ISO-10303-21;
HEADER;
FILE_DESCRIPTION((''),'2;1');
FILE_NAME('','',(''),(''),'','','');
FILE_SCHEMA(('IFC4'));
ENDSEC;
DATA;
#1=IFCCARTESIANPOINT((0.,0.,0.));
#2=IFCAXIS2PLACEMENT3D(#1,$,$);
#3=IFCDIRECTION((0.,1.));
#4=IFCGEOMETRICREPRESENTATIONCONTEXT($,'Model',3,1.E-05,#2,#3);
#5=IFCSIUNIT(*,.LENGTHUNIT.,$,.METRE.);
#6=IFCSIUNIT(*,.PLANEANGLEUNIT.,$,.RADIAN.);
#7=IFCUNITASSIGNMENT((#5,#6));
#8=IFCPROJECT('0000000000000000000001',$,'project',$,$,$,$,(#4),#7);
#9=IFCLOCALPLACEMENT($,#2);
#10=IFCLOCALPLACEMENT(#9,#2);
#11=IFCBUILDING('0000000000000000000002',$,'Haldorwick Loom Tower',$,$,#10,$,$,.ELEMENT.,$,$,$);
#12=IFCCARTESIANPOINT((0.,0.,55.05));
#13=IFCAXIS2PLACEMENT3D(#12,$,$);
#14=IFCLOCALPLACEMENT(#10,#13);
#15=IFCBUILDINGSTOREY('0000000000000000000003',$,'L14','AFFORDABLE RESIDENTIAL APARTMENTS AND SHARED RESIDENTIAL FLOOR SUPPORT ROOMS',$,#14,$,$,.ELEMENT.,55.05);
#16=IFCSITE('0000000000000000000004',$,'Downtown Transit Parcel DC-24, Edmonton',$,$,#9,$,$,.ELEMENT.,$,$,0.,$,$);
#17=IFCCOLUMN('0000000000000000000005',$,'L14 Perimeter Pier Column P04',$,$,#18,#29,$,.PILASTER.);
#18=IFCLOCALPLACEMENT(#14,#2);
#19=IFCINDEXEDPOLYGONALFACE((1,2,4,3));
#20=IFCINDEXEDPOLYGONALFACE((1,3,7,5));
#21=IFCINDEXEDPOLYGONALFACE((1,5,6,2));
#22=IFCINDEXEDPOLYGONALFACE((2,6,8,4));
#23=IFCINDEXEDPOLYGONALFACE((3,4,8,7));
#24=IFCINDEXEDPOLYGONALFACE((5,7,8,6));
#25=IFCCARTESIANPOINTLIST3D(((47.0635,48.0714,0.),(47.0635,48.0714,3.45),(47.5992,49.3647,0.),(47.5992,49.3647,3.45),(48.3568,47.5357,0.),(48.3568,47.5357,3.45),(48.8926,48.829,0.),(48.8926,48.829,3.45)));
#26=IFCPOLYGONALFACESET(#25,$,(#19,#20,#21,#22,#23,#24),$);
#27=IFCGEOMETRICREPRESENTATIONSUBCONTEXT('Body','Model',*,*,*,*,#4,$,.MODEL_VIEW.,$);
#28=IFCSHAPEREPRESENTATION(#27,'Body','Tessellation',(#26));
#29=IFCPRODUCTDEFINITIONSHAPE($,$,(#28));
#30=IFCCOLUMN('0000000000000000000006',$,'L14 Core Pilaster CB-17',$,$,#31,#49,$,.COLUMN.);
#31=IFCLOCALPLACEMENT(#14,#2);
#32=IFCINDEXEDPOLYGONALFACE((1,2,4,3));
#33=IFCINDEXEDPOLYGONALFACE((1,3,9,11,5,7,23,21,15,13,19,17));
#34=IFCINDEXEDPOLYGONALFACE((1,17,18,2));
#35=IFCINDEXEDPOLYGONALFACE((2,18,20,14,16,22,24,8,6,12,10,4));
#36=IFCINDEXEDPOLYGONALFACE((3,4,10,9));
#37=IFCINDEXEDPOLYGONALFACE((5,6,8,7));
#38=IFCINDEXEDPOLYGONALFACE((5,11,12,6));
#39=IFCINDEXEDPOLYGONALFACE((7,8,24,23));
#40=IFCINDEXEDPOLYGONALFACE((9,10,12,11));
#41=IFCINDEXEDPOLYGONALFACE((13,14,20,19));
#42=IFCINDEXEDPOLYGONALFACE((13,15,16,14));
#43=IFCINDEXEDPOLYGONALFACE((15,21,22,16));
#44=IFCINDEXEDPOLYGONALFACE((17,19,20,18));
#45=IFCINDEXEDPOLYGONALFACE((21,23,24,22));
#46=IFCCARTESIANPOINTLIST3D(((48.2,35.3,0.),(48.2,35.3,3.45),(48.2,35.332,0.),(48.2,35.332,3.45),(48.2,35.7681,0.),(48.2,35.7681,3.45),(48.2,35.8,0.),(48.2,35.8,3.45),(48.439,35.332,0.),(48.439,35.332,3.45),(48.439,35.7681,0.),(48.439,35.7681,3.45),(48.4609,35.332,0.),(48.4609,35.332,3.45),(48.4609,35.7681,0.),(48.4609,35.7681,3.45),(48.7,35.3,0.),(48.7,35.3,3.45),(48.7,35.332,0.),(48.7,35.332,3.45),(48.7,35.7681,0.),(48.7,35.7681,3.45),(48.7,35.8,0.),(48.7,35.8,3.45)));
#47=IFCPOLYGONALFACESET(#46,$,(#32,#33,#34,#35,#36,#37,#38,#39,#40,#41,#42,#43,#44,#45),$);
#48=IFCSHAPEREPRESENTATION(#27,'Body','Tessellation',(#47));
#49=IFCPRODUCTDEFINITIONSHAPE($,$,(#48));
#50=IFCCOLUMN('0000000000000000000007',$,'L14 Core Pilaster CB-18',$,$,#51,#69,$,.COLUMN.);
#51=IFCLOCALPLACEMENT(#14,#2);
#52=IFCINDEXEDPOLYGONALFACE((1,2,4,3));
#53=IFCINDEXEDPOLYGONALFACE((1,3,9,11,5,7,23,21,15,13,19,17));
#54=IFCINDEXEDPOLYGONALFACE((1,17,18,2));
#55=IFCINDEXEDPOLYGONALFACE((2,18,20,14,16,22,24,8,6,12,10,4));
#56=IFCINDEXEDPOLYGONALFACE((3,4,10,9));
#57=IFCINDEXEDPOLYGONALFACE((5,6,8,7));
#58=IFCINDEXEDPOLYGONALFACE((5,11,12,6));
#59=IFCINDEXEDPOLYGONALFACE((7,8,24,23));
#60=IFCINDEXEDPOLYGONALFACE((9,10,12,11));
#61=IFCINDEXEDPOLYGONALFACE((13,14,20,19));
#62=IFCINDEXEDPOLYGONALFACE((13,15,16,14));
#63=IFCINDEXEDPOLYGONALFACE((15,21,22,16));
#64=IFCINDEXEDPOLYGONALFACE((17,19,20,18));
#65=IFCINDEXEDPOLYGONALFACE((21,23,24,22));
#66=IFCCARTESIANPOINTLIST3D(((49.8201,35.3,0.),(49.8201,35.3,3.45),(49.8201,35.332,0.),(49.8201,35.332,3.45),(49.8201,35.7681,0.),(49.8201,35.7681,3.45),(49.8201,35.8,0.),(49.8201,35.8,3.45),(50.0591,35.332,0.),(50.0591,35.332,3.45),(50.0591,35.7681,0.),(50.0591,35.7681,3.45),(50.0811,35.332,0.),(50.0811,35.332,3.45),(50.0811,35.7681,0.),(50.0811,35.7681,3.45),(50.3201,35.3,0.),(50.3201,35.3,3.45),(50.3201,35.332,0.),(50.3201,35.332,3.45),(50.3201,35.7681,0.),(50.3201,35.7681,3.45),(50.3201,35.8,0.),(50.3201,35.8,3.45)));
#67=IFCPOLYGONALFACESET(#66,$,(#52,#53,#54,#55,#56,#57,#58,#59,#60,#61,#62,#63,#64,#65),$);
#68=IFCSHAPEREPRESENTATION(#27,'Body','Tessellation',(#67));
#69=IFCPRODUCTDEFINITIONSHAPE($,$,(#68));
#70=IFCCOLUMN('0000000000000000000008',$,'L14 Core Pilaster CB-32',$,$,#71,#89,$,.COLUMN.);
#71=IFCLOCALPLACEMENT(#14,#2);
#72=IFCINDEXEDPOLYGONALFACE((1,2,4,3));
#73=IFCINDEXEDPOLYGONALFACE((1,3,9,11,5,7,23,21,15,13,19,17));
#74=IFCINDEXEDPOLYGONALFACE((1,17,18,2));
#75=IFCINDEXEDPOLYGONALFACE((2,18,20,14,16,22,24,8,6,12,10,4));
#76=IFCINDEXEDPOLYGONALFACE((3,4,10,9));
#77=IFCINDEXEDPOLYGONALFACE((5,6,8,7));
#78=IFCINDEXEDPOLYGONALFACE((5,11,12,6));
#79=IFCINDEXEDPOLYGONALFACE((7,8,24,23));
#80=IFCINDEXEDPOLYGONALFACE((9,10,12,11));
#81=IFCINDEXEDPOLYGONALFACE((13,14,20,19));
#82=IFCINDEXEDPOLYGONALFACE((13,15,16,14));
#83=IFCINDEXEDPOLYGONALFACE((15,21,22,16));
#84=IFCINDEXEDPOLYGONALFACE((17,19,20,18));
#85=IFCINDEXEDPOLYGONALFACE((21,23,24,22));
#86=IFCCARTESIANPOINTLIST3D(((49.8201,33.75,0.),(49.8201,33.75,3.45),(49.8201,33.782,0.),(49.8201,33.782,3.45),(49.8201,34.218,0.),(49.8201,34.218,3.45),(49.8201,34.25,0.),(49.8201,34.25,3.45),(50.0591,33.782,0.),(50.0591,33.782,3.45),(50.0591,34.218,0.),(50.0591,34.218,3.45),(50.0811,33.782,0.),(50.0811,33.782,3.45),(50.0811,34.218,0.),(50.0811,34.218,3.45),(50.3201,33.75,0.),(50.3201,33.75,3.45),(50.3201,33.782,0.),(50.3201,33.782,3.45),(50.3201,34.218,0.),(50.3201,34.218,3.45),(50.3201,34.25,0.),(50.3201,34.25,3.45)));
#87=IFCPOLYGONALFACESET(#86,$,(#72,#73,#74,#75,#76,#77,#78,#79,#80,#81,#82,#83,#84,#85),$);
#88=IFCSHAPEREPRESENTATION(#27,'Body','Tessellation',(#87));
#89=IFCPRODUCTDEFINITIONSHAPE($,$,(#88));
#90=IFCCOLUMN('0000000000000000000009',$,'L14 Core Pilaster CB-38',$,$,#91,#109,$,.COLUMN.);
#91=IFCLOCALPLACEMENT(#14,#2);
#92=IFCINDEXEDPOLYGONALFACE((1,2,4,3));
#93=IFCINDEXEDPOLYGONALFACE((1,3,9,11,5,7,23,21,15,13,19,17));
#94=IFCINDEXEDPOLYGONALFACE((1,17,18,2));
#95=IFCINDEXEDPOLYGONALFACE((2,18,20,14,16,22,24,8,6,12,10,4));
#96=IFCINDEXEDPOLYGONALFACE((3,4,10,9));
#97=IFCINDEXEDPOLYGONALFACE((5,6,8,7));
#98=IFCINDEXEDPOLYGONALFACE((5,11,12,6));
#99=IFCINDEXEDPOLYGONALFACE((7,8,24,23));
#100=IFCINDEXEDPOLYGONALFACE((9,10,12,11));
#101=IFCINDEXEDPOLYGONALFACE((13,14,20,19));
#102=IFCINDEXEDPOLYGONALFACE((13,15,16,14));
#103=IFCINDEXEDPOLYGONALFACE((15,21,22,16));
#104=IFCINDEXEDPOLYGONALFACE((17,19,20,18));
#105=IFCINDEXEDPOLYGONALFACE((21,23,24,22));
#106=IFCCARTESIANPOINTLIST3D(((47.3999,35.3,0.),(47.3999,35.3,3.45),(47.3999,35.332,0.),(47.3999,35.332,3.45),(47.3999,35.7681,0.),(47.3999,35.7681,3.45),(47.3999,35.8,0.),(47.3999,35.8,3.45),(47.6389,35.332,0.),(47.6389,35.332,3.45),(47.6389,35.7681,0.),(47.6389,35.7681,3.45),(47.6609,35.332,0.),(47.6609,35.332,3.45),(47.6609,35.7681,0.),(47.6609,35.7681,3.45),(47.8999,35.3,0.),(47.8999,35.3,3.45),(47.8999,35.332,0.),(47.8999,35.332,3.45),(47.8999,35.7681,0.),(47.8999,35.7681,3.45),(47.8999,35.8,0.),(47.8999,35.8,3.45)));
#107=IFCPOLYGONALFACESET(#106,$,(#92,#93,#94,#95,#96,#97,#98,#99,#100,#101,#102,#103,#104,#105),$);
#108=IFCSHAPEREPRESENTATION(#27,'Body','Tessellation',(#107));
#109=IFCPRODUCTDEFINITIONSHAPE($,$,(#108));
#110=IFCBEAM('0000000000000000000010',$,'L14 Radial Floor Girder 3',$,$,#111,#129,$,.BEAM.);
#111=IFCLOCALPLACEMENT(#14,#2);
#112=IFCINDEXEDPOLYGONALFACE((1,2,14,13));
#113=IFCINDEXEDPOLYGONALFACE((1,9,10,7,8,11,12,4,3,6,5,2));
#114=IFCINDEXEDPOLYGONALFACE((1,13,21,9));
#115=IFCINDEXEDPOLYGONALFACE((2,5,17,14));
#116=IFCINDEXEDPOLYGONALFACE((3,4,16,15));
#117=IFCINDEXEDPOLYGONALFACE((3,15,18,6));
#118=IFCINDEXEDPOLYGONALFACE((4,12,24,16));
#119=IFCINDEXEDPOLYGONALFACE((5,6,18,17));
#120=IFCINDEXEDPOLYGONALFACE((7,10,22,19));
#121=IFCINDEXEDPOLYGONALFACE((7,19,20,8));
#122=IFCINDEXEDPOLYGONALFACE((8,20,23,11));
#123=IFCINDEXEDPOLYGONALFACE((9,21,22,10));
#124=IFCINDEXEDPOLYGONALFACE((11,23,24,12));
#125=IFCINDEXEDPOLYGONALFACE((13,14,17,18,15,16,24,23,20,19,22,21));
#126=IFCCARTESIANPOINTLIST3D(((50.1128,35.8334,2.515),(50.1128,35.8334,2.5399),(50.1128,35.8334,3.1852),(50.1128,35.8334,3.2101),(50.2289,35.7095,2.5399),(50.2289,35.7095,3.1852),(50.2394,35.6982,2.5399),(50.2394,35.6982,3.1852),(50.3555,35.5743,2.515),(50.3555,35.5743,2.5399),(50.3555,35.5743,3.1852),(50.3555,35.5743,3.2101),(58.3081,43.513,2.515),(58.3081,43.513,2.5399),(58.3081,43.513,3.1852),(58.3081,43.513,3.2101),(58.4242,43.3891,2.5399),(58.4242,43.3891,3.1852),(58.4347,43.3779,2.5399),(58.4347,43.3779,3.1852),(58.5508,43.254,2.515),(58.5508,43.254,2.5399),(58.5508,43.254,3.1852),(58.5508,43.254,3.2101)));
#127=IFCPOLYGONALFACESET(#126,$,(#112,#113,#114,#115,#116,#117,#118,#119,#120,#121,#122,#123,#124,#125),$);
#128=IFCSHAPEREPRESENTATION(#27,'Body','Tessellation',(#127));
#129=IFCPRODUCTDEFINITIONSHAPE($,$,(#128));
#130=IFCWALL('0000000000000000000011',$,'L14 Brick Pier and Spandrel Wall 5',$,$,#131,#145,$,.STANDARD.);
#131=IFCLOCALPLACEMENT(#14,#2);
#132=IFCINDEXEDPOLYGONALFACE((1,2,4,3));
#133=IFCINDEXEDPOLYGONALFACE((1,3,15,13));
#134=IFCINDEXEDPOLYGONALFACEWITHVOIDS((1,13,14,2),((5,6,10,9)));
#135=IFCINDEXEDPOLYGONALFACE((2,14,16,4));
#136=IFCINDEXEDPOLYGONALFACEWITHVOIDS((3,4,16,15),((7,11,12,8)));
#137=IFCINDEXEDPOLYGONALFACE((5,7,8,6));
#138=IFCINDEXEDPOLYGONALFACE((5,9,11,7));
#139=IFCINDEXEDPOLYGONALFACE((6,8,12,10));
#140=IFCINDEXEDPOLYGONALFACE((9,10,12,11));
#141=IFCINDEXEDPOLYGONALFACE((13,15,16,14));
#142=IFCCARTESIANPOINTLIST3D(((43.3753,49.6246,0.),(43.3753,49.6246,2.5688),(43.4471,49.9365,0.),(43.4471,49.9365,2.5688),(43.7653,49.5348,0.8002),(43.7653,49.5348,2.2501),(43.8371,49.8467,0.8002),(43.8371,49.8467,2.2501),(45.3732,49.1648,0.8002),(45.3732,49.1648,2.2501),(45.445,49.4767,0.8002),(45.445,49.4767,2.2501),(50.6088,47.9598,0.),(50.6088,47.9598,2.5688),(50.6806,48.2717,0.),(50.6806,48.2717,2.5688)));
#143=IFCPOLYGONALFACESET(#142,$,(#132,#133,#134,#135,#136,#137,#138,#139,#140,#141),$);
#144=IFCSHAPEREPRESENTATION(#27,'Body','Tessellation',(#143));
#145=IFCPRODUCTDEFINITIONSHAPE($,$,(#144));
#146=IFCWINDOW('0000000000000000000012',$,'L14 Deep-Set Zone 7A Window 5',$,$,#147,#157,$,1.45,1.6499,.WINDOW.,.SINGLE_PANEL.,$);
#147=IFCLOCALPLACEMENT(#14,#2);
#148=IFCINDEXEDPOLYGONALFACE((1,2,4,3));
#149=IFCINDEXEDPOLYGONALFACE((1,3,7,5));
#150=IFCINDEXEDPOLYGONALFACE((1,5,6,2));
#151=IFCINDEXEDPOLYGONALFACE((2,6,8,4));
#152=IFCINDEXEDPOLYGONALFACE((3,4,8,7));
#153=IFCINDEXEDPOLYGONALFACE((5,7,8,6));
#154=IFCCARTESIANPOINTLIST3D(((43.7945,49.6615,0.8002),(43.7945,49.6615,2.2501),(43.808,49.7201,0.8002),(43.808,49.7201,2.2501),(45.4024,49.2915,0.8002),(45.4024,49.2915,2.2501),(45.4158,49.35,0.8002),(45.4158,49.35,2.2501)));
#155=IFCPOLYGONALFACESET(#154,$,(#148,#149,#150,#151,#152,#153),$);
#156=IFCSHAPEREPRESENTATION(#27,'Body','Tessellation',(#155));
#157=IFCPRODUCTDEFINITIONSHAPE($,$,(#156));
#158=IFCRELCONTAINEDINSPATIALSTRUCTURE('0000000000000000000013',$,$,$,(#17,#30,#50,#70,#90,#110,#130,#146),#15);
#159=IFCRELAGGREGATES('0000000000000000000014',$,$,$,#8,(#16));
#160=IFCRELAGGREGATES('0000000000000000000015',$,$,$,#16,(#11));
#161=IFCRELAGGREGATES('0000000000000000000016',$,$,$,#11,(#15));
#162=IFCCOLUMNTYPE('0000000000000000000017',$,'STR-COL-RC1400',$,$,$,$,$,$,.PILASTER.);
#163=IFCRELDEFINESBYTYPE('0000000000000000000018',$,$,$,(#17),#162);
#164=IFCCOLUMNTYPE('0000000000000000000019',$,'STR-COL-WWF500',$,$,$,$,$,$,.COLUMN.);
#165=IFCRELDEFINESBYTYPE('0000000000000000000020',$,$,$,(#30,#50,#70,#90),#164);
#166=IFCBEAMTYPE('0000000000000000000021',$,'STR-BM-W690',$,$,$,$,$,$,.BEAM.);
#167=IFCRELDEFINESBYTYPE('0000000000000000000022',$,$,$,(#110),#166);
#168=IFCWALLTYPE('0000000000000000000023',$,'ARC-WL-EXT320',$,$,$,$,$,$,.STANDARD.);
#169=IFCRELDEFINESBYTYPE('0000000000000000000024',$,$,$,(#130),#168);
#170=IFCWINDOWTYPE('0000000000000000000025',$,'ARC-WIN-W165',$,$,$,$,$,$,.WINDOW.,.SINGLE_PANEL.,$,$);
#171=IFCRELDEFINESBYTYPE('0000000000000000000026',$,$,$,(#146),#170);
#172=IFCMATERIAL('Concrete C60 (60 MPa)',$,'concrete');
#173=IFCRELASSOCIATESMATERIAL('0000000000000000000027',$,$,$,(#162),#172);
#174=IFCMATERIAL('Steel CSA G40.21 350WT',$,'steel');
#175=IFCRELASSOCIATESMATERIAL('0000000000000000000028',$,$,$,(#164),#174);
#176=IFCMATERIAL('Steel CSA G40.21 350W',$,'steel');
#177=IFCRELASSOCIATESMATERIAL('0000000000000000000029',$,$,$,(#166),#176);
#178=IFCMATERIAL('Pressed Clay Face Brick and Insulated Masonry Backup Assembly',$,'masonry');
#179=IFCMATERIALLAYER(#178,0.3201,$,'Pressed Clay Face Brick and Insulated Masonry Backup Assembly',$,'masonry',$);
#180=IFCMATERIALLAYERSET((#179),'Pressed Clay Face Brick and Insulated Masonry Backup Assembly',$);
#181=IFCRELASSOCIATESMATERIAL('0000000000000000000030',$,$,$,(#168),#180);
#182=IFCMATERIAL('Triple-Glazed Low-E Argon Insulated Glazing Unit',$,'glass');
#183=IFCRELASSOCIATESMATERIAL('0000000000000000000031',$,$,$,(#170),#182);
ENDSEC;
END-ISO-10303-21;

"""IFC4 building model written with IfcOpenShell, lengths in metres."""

from ifc_helpers import new_model, si_unit, direction, frame, frame_2d, origin, origin_2d, place, context, subcontext, project, spatial, rectangle, i_section, extrude, material, layer, layer_set, material_profile, profile_set, type_object, element, fill, save


model = new_model("IFC4")

# Units and contexts
model_context = context("Model", 3, precision=1e-05, world=origin(), true_north=direction((0.0, 1.0)))
body_context = subcontext(model_context, "Body", "Model", "MODEL_VIEW")
ifc_project = project(units=[si_unit("LENGTHUNIT", "METRE"), si_unit("PLANEANGLEUNIT", "RADIAN")], contexts=[model_context])

# Site, building, storey
site_placement = place(None, origin())
site = spatial("IfcSite", under=ifc_project, at=site_placement, Name="Downtown Transit Parcel DC-24, Edmonton", CompositionType="ELEMENT", RefElevation=0.0)
building_placement = place(site_placement, origin())
building = spatial("IfcBuilding", under=site, at=building_placement, Name="Haldorwick Loom Tower", CompositionType="ELEMENT")
storey_placement = place(building_placement, frame((0.0, 0.0, 55.05)))
storey = spatial("IfcBuildingStorey", under=building, at=storey_placement, Name="L14", Description="AFFORDABLE RESIDENTIAL APARTMENTS AND SHARED RESIDENTIAL FLOOR SUPPORT ROOMS", CompositionType="ELEMENT", Elevation=55.05)

# Columns
ifc_material_1 = material(Name="Concrete C60 (60 MPa)", Category="concrete")
ifc_material_profile_1 = material_profile(ifc_material_1, rectangle(XDim=1.3999, YDim=1.3999, at=origin_2d()), Name="RC1400X1400", Category="concrete")
ifc_profile_set_1 = profile_set([ifc_material_profile_1], Name="Concrete C60 (60 MPa)")
column_type_1 = type_object("IfcColumnType", Name="STR-COL-RC1400", PredefinedType="PILASTER", material=ifc_profile_set_1)
column_placement = place(storey_placement, frame((47.978, 48.4502, 0.0), z_axis=(0.0, 0.0, 1.0), x_axis=(0.382683, 0.92388, 0.0)))
element("IfcColumn", 1, at=column_placement, inside=storey, type_object=column_type_1, Name="L14 Perimeter Pier Column P04", PredefinedType="PILASTER", context=body_context, shape_type="SweptSolid", body=[
    extrude(rectangle(XDim=1.3999, YDim=1.3999, at=origin_2d()), origin(), (0.0, 0.0, 1.0), 3.45),
])
ifc_material_2 = material(Name="Steel CSA G40.21 350WT", Category="steel")
ifc_material_profile_2 = material_profile(ifc_material_2, i_section(OverallWidth=0.5, OverallDepth=0.5, WebThickness=0.022, FlangeThickness=0.032, at=origin_2d()), Name="WWF500X500", Category="steel")
ifc_profile_set_2 = profile_set([ifc_material_profile_2], Name="Steel CSA G40.21 350WT")
column_type_2 = type_object("IfcColumnType", Name="STR-COL-WWF500", PredefinedType="COLUMN", material=ifc_profile_set_2)
for number, where, z_axis, x_axis, name in (
    (2, (48.45, 35.55, 0.0), (0.0, 0.0, 1.0), (1.0, 0.0, 0.0), "L14 Core Pilaster CB-17"),
    (3, (50.0701, 35.55, 0.0), (0.0, 0.0, 1.0), (1.0, 0.0, 0.0), "L14 Core Pilaster CB-18"),
    (4, (50.0701, 34.0, 0.0), (0.0, 0.0, 1.0), (1.0, 0.0, 0.0), "L14 Core Pilaster CB-32"),
    (5, (47.6499, 35.55, 0.0), (0.0, 0.0, 1.0), (1.0, 0.0, 0.0), "L14 Core Pilaster CB-38"),
):
    element("IfcColumn", number, at=place(storey_placement, frame(where, z_axis=z_axis, x_axis=x_axis)), inside=storey, type_object=column_type_2, Name=name, PredefinedType="COLUMN", context=body_context, shape_type="SweptSolid", body=[
        extrude(i_section(OverallWidth=0.5, OverallDepth=0.5, WebThickness=0.022, FlangeThickness=0.032, at=origin_2d()), origin(), (0.0, 0.0, 1.0), 3.45),
    ])

# Beam
ifc_material_3 = material(Name="Steel CSA G40.21 350W", Category="steel")
ifc_material_profile_3 = material_profile(ifc_material_3, i_section(OverallWidth=0.355, OverallDepth=0.6951, WebThickness=0.0154, FlangeThickness=0.0249, at=origin_2d()), Name="W690X217", Category="steel")
ifc_profile_set_3 = profile_set([ifc_material_profile_3], Name="Steel CSA G40.21 350W")
beam_type = type_object("IfcBeamType", Name="STR-BM-W690", PredefinedType="BEAM", material=ifc_profile_set_3)
beam_placement = place(storey_placement, frame((50.2341, 35.7039, 2.8625), z_axis=(0.729689, 0.683779, 0.0), x_axis=(-0.683779, 0.729689, 0.0)))
element("IfcBeam", 6, at=beam_placement, inside=storey, type_object=beam_type, Name="L14 Radial Floor Girder 3", PredefinedType="BEAM", context=body_context, shape_type="SweptSolid", body=[
    extrude(i_section(OverallWidth=0.355, OverallDepth=0.6951, WebThickness=0.0154, FlangeThickness=0.0249, at=origin_2d()), origin(), (0.0, 0.0, 1.0), 11.2312),
])

# Wall, opening, window
ifc_material_4 = material(Name="Pressed Clay Face Brick and Insulated Masonry Backup Assembly", Category="masonry")
ifc_layer_1 = layer(ifc_material_4, 0.3201, Name="Pressed Clay Face Brick and Insulated Masonry Backup Assembly", Category="masonry")
ifc_layer_set_1 = layer_set([ifc_layer_1], Name="Pressed Clay Face Brick and Insulated Masonry Backup Assembly")
wall_type_1 = type_object("IfcWallType", Name="ARC-WL-EXT320", PredefinedType="STANDARD", material=ifc_layer_set_1)
wall_1_placement = place(storey_placement, frame((50.6448, 48.1157, 0.0), z_axis=(0.0, 0.0, 1.0), x_axis=(-0.974522, 0.22429, 0.0)))
wall_1 = element("IfcWall", 7, at=wall_1_placement, inside=storey, type_object=wall_type_1, Name="L14 Brick Pier and Spandrel Wall 5", PredefinedType="STANDARD", context=body_context, shape_type="SweptSolid", body=[
    extrude(rectangle(XDim=7.4226, YDim=0.3201, at=frame_2d((3.7114, 0.0))), origin(), (0.0, 0.0, 1.0), 2.5688),
])
opening_1_placement = place(wall_1_placement, frame((5.3726, 0.0, 0.8)))
opening_1 = element("IfcOpeningElement", 8, at=opening_1_placement, cuts=wall_1, PredefinedType="OPENING", context=body_context, shape_type="SweptSolid", body=[
    extrude(rectangle(XDim=1.6499, YDim=1.45, at=frame_2d((0.825, 0.7251))), frame((0.0, 0.1699, 0.0), z_axis=(0.0, -1.0, 0.0), x_axis=(1.0, 0.0, 0.0)), (0.0, 0.0, 1.0), 0.3401),
])
ifc_material_5 = material(Name="Triple-Glazed Low-E Argon Insulated Glazing Unit", Category="glass")
window_type = type_object("IfcWindowType", Name="ARC-WIN-W165", PartitioningType="SINGLE_PANEL", PredefinedType="WINDOW", material=ifc_material_5)
window_placement = place(opening_1_placement, origin())
window = element("IfcWindow", 9, at=window_placement, inside=storey, type_object=window_type, Name="L14 Deep-Set Zone 7A Window 5", OverallHeight=1.45, OverallWidth=1.6499, PartitioningType="SINGLE_PANEL", PredefinedType="WINDOW", context=body_context, shape_type="SweptSolid", body=[
    extrude(rectangle(XDim=1.6499, YDim=1.45, at=frame_2d((0.825, 0.7251))), frame((0.0, 0.03, 0.0), z_axis=(0.0, -1.0, 0.0), x_axis=(1.0, 0.0, 0.0)), (0.0, 0.0, 1.0), 0.0601),
])
fill(opening_1, window)

save(model, "model.ifc")
